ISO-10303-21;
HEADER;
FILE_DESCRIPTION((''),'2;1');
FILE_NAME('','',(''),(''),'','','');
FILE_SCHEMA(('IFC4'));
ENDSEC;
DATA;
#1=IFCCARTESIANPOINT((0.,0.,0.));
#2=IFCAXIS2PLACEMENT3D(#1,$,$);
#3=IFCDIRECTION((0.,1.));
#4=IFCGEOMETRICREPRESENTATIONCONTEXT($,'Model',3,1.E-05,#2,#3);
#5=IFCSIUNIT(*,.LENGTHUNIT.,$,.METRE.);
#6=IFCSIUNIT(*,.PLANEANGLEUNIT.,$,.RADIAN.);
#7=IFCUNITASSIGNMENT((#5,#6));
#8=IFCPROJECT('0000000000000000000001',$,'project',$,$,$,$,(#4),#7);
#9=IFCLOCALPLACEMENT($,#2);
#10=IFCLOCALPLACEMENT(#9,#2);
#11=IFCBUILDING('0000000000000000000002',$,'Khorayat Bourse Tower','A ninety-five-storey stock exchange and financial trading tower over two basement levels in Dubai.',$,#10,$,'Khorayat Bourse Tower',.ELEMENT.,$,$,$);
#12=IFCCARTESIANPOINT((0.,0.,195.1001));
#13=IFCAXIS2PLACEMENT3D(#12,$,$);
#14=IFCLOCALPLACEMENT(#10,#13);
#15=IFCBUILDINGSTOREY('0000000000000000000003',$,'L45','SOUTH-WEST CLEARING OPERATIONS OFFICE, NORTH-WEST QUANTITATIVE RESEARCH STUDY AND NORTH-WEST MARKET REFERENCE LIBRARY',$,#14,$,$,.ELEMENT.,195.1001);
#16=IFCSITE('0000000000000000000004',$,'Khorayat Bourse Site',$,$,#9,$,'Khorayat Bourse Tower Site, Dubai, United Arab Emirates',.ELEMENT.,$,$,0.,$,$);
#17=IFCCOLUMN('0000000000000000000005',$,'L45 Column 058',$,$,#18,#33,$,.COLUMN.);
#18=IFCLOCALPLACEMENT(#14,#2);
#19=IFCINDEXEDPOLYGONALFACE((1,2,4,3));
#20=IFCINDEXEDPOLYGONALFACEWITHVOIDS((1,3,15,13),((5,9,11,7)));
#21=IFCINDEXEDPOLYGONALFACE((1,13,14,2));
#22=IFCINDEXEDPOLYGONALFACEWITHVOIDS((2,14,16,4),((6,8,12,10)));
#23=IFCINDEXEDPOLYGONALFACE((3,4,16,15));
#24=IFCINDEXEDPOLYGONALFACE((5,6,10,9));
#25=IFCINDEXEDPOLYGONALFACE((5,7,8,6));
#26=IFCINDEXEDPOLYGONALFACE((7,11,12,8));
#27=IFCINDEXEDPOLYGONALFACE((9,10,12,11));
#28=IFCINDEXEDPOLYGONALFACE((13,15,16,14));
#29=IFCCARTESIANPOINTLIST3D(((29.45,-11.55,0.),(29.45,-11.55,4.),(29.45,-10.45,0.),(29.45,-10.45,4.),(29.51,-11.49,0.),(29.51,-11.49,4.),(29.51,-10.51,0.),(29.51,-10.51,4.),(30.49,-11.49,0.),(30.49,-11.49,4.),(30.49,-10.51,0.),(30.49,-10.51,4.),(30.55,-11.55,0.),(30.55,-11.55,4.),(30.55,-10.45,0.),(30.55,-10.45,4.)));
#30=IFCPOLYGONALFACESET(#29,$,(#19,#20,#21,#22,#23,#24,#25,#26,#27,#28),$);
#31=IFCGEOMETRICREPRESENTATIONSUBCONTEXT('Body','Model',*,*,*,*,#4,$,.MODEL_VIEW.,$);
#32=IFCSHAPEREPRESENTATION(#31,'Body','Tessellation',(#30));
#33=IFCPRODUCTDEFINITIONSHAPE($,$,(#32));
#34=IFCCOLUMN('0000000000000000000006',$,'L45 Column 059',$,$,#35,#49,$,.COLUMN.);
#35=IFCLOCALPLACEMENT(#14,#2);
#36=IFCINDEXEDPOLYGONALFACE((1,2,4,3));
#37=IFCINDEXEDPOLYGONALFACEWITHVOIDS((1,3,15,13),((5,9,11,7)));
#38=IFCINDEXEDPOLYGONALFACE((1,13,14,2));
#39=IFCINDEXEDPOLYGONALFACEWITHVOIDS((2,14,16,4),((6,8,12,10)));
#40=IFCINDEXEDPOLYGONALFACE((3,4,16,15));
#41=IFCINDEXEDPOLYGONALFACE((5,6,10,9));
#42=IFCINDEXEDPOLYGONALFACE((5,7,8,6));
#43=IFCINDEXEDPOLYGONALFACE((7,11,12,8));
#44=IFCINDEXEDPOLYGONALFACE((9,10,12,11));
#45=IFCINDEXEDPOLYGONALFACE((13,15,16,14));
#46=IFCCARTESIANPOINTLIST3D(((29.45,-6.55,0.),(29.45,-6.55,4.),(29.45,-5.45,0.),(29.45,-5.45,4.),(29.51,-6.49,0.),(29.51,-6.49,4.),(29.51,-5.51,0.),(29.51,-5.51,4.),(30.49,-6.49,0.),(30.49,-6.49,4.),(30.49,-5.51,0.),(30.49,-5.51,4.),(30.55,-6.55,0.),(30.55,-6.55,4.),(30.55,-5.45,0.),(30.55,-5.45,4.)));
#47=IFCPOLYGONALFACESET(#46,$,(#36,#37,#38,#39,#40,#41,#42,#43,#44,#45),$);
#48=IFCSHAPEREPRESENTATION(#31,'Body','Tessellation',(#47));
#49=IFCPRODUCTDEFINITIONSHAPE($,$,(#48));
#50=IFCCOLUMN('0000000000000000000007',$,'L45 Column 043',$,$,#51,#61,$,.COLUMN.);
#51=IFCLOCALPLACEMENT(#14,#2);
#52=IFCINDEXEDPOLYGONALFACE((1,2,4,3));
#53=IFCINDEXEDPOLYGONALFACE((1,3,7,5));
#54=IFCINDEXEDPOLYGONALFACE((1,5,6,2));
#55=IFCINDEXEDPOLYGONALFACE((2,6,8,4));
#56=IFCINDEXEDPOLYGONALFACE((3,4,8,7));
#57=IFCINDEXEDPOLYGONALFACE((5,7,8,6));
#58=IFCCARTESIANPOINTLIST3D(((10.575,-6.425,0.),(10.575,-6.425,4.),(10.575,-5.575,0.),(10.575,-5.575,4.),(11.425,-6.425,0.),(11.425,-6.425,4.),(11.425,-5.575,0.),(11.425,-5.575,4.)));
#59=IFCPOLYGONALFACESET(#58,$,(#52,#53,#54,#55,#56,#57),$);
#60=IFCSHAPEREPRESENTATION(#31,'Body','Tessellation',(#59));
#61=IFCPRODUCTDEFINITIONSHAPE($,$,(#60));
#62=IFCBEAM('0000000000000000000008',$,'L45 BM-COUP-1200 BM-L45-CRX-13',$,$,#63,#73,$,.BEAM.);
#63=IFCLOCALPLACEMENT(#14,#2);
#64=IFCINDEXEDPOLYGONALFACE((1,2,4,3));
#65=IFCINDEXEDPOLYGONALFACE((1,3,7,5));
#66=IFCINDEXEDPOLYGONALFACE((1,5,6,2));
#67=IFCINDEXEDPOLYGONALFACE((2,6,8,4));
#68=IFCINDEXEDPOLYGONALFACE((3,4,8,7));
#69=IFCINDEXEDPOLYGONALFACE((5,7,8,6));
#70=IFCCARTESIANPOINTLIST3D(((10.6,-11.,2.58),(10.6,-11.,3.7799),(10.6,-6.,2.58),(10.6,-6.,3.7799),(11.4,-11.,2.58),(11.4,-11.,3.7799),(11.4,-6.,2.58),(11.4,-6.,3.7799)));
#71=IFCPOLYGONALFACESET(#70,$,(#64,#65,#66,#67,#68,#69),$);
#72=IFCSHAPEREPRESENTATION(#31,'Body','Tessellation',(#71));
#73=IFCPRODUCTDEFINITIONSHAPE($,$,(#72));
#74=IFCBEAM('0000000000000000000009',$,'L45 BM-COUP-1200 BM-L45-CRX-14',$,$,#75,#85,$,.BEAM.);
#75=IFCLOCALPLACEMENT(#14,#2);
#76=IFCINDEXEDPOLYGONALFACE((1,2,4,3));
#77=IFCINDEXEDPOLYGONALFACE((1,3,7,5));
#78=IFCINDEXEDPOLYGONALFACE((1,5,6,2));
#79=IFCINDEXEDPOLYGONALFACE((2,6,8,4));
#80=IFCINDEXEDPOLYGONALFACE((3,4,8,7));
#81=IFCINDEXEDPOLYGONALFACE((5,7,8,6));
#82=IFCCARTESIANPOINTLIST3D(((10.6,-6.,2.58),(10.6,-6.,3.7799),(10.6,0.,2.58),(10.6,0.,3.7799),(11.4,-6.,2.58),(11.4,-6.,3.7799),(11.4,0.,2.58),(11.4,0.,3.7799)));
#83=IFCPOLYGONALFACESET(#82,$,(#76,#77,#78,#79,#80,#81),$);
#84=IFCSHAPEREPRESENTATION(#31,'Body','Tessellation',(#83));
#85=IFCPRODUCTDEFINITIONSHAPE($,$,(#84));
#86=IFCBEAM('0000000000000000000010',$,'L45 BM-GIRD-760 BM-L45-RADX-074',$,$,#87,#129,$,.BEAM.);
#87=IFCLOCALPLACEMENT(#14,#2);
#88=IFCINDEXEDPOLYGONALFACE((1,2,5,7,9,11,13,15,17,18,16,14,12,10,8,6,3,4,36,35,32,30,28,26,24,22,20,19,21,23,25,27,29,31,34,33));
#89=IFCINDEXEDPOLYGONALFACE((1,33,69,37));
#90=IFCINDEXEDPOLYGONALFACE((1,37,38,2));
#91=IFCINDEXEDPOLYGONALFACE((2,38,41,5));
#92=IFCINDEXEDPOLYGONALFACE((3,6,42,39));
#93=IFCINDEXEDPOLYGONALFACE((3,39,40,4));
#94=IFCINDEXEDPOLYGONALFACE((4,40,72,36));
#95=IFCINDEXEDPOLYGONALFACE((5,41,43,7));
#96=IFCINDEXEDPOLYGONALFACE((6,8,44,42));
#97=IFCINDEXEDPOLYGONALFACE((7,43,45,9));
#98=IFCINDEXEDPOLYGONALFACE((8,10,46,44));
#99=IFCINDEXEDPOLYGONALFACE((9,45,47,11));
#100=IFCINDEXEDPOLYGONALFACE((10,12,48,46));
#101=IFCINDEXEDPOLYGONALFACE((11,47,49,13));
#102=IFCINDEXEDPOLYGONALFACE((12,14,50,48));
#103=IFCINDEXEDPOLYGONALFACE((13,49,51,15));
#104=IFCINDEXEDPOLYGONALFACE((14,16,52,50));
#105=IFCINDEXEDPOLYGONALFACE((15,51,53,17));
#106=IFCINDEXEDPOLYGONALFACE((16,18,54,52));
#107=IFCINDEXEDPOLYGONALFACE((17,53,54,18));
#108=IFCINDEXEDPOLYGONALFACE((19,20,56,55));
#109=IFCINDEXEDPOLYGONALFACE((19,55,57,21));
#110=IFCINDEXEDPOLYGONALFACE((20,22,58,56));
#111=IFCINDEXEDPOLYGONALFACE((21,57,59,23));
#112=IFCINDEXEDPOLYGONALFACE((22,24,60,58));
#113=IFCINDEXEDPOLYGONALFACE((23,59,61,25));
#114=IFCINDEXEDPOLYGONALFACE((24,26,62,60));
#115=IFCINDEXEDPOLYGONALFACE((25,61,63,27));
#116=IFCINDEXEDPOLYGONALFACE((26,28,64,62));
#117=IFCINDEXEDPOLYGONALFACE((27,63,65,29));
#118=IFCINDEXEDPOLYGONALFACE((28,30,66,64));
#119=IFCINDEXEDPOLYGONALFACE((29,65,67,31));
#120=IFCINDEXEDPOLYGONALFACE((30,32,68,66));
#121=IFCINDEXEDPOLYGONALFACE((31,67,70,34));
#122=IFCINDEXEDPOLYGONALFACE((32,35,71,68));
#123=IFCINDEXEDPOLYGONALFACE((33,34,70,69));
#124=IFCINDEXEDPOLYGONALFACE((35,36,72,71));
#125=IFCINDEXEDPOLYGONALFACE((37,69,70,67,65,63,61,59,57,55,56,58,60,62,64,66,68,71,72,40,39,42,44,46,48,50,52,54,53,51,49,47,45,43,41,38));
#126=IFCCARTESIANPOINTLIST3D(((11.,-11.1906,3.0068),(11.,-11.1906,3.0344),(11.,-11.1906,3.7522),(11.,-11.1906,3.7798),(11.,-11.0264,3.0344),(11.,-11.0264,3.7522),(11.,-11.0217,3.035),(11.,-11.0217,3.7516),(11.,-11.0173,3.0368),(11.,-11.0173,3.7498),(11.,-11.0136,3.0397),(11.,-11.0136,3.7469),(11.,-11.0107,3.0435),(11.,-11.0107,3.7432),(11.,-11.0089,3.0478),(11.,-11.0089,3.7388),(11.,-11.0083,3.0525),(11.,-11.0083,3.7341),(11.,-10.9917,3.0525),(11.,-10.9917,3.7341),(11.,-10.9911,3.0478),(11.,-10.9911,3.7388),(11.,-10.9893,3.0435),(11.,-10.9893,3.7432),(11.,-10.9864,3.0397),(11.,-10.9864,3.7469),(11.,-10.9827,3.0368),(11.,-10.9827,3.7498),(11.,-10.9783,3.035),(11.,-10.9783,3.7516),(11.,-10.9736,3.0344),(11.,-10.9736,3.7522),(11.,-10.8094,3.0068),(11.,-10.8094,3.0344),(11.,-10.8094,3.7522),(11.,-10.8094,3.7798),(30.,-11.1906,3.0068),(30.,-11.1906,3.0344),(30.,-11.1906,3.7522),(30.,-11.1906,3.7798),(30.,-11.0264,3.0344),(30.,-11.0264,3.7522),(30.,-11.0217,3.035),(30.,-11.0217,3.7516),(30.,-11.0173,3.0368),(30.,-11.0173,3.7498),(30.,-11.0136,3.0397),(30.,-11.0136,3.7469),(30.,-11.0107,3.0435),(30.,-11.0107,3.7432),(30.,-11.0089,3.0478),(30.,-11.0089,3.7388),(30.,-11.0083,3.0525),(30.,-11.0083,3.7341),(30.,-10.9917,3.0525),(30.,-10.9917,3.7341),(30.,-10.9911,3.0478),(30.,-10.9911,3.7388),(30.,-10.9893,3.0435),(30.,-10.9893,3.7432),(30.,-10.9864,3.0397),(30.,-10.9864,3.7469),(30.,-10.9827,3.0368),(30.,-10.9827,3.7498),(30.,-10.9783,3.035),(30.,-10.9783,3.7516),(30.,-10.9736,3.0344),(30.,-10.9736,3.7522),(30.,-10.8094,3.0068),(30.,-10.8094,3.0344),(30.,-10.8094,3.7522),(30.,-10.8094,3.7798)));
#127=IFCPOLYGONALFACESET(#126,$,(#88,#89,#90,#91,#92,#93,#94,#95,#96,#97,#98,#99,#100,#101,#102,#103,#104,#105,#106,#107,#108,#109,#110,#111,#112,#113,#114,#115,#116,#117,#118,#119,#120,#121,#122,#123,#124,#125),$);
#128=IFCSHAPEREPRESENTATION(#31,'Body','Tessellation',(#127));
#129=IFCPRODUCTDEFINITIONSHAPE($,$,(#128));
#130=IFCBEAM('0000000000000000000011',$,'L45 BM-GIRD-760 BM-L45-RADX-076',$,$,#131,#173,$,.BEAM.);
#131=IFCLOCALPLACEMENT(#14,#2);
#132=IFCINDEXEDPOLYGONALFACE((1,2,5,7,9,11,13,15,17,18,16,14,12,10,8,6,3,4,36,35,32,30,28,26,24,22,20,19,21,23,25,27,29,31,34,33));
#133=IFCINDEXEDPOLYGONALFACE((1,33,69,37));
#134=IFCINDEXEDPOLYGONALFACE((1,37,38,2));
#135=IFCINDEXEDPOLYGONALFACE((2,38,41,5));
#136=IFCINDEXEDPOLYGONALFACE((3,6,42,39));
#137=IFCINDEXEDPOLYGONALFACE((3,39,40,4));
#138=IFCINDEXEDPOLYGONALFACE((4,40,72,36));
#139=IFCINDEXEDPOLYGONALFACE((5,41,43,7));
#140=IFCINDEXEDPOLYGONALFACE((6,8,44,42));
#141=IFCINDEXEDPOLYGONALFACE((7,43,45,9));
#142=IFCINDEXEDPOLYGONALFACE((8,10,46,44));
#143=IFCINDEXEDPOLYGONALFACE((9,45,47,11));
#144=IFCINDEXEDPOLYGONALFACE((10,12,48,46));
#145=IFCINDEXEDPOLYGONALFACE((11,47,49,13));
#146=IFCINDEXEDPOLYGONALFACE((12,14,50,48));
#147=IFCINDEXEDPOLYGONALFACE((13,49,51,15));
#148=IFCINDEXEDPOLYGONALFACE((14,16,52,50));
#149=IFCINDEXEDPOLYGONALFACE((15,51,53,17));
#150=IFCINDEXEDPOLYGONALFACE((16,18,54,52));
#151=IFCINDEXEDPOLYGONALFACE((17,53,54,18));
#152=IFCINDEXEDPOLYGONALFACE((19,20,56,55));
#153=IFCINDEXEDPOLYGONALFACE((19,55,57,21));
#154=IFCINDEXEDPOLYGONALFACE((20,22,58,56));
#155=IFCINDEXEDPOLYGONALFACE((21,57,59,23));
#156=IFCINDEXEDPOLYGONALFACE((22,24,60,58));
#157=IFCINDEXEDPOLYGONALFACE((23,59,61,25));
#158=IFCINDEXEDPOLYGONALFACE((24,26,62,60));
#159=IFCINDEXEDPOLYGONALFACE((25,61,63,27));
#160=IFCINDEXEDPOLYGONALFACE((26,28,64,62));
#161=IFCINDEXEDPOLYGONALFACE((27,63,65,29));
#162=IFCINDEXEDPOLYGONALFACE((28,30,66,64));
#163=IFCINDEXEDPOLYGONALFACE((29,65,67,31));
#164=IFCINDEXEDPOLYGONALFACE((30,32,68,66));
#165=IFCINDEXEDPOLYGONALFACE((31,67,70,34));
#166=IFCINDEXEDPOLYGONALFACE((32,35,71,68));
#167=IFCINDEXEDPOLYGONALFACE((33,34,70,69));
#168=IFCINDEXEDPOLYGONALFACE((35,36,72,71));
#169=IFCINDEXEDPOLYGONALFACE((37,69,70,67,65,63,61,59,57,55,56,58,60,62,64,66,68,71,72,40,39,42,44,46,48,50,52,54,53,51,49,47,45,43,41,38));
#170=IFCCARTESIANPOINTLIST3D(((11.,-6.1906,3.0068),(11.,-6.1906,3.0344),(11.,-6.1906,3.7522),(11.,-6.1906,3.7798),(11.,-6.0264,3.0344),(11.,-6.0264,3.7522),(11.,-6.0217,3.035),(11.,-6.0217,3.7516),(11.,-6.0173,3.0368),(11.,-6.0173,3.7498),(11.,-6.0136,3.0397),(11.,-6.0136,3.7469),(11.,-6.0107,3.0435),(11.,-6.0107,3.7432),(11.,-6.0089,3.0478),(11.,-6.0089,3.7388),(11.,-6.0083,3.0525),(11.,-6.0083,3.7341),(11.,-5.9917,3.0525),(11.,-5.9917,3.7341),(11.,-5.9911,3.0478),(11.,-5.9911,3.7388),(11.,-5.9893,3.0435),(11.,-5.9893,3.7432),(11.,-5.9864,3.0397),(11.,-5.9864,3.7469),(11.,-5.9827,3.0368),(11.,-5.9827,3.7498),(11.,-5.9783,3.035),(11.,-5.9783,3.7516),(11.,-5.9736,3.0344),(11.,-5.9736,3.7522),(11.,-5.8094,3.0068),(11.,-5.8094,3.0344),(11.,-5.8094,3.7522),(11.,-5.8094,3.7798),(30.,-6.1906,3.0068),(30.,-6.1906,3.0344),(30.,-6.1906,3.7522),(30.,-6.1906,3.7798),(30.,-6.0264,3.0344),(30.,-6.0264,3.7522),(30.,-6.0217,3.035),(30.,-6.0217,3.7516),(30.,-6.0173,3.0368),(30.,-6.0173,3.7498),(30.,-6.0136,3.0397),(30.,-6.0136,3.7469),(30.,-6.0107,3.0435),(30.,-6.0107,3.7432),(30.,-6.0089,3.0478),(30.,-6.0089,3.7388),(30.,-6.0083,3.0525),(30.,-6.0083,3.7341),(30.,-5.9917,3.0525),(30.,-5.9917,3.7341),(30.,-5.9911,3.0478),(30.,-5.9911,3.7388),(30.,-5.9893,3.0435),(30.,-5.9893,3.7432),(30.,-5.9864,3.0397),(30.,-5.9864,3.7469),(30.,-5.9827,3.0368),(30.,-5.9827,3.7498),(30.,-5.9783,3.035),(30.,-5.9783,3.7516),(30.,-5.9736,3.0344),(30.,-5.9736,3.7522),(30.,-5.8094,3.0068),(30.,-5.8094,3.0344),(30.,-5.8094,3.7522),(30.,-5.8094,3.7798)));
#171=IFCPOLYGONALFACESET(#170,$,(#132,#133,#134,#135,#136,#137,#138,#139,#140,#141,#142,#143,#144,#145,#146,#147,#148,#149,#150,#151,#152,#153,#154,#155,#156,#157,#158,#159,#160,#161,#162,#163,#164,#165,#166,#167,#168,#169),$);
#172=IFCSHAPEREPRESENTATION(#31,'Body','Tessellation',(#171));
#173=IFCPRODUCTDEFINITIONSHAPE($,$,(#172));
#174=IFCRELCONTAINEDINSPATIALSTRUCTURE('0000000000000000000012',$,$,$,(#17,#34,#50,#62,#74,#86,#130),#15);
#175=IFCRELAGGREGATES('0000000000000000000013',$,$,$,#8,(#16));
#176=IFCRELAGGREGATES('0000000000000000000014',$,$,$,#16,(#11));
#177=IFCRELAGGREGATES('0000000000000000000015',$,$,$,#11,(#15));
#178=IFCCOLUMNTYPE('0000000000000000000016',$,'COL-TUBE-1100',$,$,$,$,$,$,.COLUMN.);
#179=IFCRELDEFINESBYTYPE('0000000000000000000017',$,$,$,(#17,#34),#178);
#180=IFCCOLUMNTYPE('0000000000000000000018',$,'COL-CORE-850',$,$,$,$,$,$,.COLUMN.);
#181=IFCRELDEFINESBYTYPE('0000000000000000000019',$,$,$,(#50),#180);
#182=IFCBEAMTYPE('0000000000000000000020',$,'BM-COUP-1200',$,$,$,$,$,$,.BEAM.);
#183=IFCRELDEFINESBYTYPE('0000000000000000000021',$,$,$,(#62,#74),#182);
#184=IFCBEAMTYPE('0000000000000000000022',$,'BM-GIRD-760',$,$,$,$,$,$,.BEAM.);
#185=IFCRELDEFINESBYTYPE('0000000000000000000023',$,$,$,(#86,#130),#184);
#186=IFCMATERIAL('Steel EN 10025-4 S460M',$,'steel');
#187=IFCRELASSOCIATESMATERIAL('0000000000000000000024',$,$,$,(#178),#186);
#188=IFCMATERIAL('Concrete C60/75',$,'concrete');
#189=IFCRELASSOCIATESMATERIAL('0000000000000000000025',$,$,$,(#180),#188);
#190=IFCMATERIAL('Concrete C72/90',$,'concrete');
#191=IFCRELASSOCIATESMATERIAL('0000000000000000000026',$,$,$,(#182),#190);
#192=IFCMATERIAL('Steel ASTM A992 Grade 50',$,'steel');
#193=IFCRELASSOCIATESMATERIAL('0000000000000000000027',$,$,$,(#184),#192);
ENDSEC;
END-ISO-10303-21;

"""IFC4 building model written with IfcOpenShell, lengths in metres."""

from ifc_helpers import new_model, si_unit, direction, frame, origin, origin_2d, place, context, subcontext, project, spatial, rectangle, hollow_rectangle, i_section, extrude, source, transform, mapped, material, material_profile, profile_set, type_object, element, save


model = new_model("IFC4")

# Units and contexts
model_context = context("Model", 3, precision=1e-05, world=origin(), true_north=direction((0.0, 1.0)))
body_context = subcontext(model_context, "Body", "Model", "MODEL_VIEW")
ifc_project = project(units=[si_unit("LENGTHUNIT", "METRE"), si_unit("PLANEANGLEUNIT", "RADIAN")], contexts=[model_context])

# Site, building, storey
site_placement = place(None, origin())
site = spatial("IfcSite", under=ifc_project, at=site_placement, Name="Khorayat Bourse Site", LongName="Khorayat Bourse Tower Site, Dubai, United Arab Emirates", CompositionType="ELEMENT", RefElevation=0.0)
building_placement = place(site_placement, origin())
building = spatial("IfcBuilding", under=site, at=building_placement, Name="Khorayat Bourse Tower", Description="A ninety-five-storey stock exchange and financial trading tower over two basement levels in Dubai.", LongName="Khorayat Bourse Tower", CompositionType="ELEMENT")
storey_placement = place(building_placement, frame((0.0, 0.0, 195.1001)))
storey = spatial("IfcBuildingStorey", under=building, at=storey_placement, Name="L45", Description="SOUTH-WEST CLEARING OPERATIONS OFFICE, NORTH-WEST QUANTITATIVE RESEARCH STUDY AND NORTH-WEST MARKET REFERENCE LIBRARY", CompositionType="ELEMENT", Elevation=195.1001)

# Columns
ifc_material_1 = material(Name="Steel EN 10025-4 S460M", Category="steel")
ifc_material_profile_1 = material_profile(ifc_material_1, hollow_rectangle(XDim=1.1001, YDim=1.1001, WallThickness=0.0601, at=origin_2d()), Name="BOX 1100x1100x60")
ifc_profile_set_1 = profile_set([ifc_material_profile_1], Name="Steel EN 10025-4 S460M")
column_type_1 = type_object("IfcColumnType", Name="COL-TUBE-1100", PredefinedType="COLUMN", material=ifc_profile_set_1)
shared_shape_1 = source(origin(), body_context, "Body", "SweptSolid", [
    extrude(hollow_rectangle(XDim=1.1001, YDim=1.1001, WallThickness=0.0601, at=origin_2d()), origin(), (0.0, 0.0, 1.0), 4.0),
])
for number, where, z_axis, x_axis, name in (
    (1, (30.0, -11.0, 0.0), (0.0, 0.0, 1.0), (1.0, 0.0, 0.0), "L45 Column 058"),
    (2, (30.0, -6.0, 0.0), (0.0, 0.0, 1.0), (1.0, 0.0, 0.0), "L45 Column 059"),
):
    element("IfcColumn", number, at=place(storey_placement, frame(where, z_axis=z_axis, x_axis=x_axis)), inside=storey, type_object=column_type_1, Name=name, PredefinedType="COLUMN", context=body_context, shape_type="MappedRepresentation", body=[
        mapped(shared_shape_1, transform((0.0, 0.0, 0.0), scale=1.0)),
    ])
ifc_material_2 = material(Name="Concrete C60/75", Category="concrete")
ifc_material_profile_2 = material_profile(ifc_material_2, rectangle(XDim=0.8501, YDim=0.8501, at=origin_2d()), Name="RC 850x850")
ifc_profile_set_2 = profile_set([ifc_material_profile_2], Name="Concrete C60/75")
column_type_2 = type_object("IfcColumnType", Name="COL-CORE-850", PredefinedType="COLUMN", material=ifc_profile_set_2)
shared_shape_2 = source(origin(), body_context, "Body", "SweptSolid", [
    extrude(rectangle(XDim=0.8501, YDim=0.8501, at=origin_2d()), origin(), (0.0, 0.0, 1.0), 4.0),
])
column_placement = place(storey_placement, frame((11.0, -6.0, 0.0), z_axis=(0.0, 0.0, 1.0), x_axis=(1.0, 0.0, 0.0)))
element("IfcColumn", 3, at=column_placement, inside=storey, type_object=column_type_2, Name="L45 Column 043", PredefinedType="COLUMN", context=body_context, shape_type="MappedRepresentation", body=[
    mapped(shared_shape_2, transform((0.0, 0.0, 0.0), scale=1.0)),
])

# Beams
ifc_material_3 = material(Name="Concrete C72/90", Category="concrete")
ifc_material_profile_3 = material_profile(ifc_material_3, rectangle(XDim=0.8, YDim=1.2, at=origin_2d()), Name="RC 800x1200")
ifc_profile_set_3 = profile_set([ifc_material_profile_3], Name="Concrete C72/90")
beam_type_1 = type_object("IfcBeamType", Name="BM-COUP-1200", PredefinedType="BEAM", material=ifc_profile_set_3)
shared_shape_3 = source(origin(), body_context, "Body", "SweptSolid", [
    extrude(rectangle(XDim=0.8, YDim=1.2, at=origin_2d()), origin(), (0.0, 0.0, 1.0), 5.0),
])
beam_1_placement = place(storey_placement, frame((11.0, -11.0, 3.1799), z_axis=(0.0, 1.0, 0.0), x_axis=(-1.0, 0.0, 0.0)))
element("IfcBeam", 4, at=beam_1_placement, inside=storey, type_object=beam_type_1, Name="L45 BM-COUP-1200 BM-L45-CRX-13", PredefinedType="BEAM", context=body_context, shape_type="MappedRepresentation", body=[
    mapped(shared_shape_3, transform((0.0, 0.0, 0.0), scale=1.0)),
])
shared_shape_4 = source(origin(), body_context, "Body", "SweptSolid", [
    extrude(rectangle(XDim=0.8, YDim=1.2, at=origin_2d()), origin(), (0.0, 0.0, 1.0), 6.0),
])
beam_2_placement = place(storey_placement, frame((11.0, -6.0, 3.1799), z_axis=(0.0, 1.0, 0.0), x_axis=(-1.0, 0.0, 0.0)))
element("IfcBeam", 5, at=beam_2_placement, inside=storey, type_object=beam_type_1, Name="L45 BM-COUP-1200 BM-L45-CRX-14", PredefinedType="BEAM", context=body_context, shape_type="MappedRepresentation", body=[
    mapped(shared_shape_4, transform((0.0, 0.0, 0.0), scale=1.0)),
])
ifc_material_4 = material(Name="Steel ASTM A992 Grade 50", Category="steel")
ifc_material_profile_4 = material_profile(ifc_material_4, i_section(OverallWidth=0.3811, OverallDepth=0.7729, WebThickness=0.0166, FlangeThickness=0.0276, FilletRadius=0.0181, at=origin_2d()), Name="W760X257")
ifc_profile_set_4 = profile_set([ifc_material_profile_4], Name="Steel ASTM A992 Grade 50")
beam_type_2 = type_object("IfcBeamType", Name="BM-GIRD-760", PredefinedType="BEAM", material=ifc_profile_set_4)
shared_shape_5 = source(origin(), body_context, "Body", "SweptSolid", [
    extrude(i_section(OverallWidth=0.3811, OverallDepth=0.7729, WebThickness=0.0166, FlangeThickness=0.0276, FilletRadius=0.0181, at=origin_2d()), origin(), (0.0, 0.0, 1.0), 19.0),
])
for number, where, z_axis, x_axis, name in (
    (6, (11.0, -11.0, 3.3933), (1.0, 0.0, 0.0), (0.0, 1.0, 0.0), "L45 BM-GIRD-760 BM-L45-RADX-074"),
    (7, (11.0, -6.0, 3.3933), (1.0, 0.0, 0.0), (0.0, 1.0, 0.0), "L45 BM-GIRD-760 BM-L45-RADX-076"),
):
    element("IfcBeam", number, at=place(storey_placement, frame(where, z_axis=z_axis, x_axis=x_axis)), inside=storey, type_object=beam_type_2, Name=name, PredefinedType="BEAM", context=body_context, shape_type="MappedRepresentation", body=[
        mapped(shared_shape_5, transform((0.0, 0.0, 0.0), scale=1.0)),
    ])

save(model, "model.ifc")
